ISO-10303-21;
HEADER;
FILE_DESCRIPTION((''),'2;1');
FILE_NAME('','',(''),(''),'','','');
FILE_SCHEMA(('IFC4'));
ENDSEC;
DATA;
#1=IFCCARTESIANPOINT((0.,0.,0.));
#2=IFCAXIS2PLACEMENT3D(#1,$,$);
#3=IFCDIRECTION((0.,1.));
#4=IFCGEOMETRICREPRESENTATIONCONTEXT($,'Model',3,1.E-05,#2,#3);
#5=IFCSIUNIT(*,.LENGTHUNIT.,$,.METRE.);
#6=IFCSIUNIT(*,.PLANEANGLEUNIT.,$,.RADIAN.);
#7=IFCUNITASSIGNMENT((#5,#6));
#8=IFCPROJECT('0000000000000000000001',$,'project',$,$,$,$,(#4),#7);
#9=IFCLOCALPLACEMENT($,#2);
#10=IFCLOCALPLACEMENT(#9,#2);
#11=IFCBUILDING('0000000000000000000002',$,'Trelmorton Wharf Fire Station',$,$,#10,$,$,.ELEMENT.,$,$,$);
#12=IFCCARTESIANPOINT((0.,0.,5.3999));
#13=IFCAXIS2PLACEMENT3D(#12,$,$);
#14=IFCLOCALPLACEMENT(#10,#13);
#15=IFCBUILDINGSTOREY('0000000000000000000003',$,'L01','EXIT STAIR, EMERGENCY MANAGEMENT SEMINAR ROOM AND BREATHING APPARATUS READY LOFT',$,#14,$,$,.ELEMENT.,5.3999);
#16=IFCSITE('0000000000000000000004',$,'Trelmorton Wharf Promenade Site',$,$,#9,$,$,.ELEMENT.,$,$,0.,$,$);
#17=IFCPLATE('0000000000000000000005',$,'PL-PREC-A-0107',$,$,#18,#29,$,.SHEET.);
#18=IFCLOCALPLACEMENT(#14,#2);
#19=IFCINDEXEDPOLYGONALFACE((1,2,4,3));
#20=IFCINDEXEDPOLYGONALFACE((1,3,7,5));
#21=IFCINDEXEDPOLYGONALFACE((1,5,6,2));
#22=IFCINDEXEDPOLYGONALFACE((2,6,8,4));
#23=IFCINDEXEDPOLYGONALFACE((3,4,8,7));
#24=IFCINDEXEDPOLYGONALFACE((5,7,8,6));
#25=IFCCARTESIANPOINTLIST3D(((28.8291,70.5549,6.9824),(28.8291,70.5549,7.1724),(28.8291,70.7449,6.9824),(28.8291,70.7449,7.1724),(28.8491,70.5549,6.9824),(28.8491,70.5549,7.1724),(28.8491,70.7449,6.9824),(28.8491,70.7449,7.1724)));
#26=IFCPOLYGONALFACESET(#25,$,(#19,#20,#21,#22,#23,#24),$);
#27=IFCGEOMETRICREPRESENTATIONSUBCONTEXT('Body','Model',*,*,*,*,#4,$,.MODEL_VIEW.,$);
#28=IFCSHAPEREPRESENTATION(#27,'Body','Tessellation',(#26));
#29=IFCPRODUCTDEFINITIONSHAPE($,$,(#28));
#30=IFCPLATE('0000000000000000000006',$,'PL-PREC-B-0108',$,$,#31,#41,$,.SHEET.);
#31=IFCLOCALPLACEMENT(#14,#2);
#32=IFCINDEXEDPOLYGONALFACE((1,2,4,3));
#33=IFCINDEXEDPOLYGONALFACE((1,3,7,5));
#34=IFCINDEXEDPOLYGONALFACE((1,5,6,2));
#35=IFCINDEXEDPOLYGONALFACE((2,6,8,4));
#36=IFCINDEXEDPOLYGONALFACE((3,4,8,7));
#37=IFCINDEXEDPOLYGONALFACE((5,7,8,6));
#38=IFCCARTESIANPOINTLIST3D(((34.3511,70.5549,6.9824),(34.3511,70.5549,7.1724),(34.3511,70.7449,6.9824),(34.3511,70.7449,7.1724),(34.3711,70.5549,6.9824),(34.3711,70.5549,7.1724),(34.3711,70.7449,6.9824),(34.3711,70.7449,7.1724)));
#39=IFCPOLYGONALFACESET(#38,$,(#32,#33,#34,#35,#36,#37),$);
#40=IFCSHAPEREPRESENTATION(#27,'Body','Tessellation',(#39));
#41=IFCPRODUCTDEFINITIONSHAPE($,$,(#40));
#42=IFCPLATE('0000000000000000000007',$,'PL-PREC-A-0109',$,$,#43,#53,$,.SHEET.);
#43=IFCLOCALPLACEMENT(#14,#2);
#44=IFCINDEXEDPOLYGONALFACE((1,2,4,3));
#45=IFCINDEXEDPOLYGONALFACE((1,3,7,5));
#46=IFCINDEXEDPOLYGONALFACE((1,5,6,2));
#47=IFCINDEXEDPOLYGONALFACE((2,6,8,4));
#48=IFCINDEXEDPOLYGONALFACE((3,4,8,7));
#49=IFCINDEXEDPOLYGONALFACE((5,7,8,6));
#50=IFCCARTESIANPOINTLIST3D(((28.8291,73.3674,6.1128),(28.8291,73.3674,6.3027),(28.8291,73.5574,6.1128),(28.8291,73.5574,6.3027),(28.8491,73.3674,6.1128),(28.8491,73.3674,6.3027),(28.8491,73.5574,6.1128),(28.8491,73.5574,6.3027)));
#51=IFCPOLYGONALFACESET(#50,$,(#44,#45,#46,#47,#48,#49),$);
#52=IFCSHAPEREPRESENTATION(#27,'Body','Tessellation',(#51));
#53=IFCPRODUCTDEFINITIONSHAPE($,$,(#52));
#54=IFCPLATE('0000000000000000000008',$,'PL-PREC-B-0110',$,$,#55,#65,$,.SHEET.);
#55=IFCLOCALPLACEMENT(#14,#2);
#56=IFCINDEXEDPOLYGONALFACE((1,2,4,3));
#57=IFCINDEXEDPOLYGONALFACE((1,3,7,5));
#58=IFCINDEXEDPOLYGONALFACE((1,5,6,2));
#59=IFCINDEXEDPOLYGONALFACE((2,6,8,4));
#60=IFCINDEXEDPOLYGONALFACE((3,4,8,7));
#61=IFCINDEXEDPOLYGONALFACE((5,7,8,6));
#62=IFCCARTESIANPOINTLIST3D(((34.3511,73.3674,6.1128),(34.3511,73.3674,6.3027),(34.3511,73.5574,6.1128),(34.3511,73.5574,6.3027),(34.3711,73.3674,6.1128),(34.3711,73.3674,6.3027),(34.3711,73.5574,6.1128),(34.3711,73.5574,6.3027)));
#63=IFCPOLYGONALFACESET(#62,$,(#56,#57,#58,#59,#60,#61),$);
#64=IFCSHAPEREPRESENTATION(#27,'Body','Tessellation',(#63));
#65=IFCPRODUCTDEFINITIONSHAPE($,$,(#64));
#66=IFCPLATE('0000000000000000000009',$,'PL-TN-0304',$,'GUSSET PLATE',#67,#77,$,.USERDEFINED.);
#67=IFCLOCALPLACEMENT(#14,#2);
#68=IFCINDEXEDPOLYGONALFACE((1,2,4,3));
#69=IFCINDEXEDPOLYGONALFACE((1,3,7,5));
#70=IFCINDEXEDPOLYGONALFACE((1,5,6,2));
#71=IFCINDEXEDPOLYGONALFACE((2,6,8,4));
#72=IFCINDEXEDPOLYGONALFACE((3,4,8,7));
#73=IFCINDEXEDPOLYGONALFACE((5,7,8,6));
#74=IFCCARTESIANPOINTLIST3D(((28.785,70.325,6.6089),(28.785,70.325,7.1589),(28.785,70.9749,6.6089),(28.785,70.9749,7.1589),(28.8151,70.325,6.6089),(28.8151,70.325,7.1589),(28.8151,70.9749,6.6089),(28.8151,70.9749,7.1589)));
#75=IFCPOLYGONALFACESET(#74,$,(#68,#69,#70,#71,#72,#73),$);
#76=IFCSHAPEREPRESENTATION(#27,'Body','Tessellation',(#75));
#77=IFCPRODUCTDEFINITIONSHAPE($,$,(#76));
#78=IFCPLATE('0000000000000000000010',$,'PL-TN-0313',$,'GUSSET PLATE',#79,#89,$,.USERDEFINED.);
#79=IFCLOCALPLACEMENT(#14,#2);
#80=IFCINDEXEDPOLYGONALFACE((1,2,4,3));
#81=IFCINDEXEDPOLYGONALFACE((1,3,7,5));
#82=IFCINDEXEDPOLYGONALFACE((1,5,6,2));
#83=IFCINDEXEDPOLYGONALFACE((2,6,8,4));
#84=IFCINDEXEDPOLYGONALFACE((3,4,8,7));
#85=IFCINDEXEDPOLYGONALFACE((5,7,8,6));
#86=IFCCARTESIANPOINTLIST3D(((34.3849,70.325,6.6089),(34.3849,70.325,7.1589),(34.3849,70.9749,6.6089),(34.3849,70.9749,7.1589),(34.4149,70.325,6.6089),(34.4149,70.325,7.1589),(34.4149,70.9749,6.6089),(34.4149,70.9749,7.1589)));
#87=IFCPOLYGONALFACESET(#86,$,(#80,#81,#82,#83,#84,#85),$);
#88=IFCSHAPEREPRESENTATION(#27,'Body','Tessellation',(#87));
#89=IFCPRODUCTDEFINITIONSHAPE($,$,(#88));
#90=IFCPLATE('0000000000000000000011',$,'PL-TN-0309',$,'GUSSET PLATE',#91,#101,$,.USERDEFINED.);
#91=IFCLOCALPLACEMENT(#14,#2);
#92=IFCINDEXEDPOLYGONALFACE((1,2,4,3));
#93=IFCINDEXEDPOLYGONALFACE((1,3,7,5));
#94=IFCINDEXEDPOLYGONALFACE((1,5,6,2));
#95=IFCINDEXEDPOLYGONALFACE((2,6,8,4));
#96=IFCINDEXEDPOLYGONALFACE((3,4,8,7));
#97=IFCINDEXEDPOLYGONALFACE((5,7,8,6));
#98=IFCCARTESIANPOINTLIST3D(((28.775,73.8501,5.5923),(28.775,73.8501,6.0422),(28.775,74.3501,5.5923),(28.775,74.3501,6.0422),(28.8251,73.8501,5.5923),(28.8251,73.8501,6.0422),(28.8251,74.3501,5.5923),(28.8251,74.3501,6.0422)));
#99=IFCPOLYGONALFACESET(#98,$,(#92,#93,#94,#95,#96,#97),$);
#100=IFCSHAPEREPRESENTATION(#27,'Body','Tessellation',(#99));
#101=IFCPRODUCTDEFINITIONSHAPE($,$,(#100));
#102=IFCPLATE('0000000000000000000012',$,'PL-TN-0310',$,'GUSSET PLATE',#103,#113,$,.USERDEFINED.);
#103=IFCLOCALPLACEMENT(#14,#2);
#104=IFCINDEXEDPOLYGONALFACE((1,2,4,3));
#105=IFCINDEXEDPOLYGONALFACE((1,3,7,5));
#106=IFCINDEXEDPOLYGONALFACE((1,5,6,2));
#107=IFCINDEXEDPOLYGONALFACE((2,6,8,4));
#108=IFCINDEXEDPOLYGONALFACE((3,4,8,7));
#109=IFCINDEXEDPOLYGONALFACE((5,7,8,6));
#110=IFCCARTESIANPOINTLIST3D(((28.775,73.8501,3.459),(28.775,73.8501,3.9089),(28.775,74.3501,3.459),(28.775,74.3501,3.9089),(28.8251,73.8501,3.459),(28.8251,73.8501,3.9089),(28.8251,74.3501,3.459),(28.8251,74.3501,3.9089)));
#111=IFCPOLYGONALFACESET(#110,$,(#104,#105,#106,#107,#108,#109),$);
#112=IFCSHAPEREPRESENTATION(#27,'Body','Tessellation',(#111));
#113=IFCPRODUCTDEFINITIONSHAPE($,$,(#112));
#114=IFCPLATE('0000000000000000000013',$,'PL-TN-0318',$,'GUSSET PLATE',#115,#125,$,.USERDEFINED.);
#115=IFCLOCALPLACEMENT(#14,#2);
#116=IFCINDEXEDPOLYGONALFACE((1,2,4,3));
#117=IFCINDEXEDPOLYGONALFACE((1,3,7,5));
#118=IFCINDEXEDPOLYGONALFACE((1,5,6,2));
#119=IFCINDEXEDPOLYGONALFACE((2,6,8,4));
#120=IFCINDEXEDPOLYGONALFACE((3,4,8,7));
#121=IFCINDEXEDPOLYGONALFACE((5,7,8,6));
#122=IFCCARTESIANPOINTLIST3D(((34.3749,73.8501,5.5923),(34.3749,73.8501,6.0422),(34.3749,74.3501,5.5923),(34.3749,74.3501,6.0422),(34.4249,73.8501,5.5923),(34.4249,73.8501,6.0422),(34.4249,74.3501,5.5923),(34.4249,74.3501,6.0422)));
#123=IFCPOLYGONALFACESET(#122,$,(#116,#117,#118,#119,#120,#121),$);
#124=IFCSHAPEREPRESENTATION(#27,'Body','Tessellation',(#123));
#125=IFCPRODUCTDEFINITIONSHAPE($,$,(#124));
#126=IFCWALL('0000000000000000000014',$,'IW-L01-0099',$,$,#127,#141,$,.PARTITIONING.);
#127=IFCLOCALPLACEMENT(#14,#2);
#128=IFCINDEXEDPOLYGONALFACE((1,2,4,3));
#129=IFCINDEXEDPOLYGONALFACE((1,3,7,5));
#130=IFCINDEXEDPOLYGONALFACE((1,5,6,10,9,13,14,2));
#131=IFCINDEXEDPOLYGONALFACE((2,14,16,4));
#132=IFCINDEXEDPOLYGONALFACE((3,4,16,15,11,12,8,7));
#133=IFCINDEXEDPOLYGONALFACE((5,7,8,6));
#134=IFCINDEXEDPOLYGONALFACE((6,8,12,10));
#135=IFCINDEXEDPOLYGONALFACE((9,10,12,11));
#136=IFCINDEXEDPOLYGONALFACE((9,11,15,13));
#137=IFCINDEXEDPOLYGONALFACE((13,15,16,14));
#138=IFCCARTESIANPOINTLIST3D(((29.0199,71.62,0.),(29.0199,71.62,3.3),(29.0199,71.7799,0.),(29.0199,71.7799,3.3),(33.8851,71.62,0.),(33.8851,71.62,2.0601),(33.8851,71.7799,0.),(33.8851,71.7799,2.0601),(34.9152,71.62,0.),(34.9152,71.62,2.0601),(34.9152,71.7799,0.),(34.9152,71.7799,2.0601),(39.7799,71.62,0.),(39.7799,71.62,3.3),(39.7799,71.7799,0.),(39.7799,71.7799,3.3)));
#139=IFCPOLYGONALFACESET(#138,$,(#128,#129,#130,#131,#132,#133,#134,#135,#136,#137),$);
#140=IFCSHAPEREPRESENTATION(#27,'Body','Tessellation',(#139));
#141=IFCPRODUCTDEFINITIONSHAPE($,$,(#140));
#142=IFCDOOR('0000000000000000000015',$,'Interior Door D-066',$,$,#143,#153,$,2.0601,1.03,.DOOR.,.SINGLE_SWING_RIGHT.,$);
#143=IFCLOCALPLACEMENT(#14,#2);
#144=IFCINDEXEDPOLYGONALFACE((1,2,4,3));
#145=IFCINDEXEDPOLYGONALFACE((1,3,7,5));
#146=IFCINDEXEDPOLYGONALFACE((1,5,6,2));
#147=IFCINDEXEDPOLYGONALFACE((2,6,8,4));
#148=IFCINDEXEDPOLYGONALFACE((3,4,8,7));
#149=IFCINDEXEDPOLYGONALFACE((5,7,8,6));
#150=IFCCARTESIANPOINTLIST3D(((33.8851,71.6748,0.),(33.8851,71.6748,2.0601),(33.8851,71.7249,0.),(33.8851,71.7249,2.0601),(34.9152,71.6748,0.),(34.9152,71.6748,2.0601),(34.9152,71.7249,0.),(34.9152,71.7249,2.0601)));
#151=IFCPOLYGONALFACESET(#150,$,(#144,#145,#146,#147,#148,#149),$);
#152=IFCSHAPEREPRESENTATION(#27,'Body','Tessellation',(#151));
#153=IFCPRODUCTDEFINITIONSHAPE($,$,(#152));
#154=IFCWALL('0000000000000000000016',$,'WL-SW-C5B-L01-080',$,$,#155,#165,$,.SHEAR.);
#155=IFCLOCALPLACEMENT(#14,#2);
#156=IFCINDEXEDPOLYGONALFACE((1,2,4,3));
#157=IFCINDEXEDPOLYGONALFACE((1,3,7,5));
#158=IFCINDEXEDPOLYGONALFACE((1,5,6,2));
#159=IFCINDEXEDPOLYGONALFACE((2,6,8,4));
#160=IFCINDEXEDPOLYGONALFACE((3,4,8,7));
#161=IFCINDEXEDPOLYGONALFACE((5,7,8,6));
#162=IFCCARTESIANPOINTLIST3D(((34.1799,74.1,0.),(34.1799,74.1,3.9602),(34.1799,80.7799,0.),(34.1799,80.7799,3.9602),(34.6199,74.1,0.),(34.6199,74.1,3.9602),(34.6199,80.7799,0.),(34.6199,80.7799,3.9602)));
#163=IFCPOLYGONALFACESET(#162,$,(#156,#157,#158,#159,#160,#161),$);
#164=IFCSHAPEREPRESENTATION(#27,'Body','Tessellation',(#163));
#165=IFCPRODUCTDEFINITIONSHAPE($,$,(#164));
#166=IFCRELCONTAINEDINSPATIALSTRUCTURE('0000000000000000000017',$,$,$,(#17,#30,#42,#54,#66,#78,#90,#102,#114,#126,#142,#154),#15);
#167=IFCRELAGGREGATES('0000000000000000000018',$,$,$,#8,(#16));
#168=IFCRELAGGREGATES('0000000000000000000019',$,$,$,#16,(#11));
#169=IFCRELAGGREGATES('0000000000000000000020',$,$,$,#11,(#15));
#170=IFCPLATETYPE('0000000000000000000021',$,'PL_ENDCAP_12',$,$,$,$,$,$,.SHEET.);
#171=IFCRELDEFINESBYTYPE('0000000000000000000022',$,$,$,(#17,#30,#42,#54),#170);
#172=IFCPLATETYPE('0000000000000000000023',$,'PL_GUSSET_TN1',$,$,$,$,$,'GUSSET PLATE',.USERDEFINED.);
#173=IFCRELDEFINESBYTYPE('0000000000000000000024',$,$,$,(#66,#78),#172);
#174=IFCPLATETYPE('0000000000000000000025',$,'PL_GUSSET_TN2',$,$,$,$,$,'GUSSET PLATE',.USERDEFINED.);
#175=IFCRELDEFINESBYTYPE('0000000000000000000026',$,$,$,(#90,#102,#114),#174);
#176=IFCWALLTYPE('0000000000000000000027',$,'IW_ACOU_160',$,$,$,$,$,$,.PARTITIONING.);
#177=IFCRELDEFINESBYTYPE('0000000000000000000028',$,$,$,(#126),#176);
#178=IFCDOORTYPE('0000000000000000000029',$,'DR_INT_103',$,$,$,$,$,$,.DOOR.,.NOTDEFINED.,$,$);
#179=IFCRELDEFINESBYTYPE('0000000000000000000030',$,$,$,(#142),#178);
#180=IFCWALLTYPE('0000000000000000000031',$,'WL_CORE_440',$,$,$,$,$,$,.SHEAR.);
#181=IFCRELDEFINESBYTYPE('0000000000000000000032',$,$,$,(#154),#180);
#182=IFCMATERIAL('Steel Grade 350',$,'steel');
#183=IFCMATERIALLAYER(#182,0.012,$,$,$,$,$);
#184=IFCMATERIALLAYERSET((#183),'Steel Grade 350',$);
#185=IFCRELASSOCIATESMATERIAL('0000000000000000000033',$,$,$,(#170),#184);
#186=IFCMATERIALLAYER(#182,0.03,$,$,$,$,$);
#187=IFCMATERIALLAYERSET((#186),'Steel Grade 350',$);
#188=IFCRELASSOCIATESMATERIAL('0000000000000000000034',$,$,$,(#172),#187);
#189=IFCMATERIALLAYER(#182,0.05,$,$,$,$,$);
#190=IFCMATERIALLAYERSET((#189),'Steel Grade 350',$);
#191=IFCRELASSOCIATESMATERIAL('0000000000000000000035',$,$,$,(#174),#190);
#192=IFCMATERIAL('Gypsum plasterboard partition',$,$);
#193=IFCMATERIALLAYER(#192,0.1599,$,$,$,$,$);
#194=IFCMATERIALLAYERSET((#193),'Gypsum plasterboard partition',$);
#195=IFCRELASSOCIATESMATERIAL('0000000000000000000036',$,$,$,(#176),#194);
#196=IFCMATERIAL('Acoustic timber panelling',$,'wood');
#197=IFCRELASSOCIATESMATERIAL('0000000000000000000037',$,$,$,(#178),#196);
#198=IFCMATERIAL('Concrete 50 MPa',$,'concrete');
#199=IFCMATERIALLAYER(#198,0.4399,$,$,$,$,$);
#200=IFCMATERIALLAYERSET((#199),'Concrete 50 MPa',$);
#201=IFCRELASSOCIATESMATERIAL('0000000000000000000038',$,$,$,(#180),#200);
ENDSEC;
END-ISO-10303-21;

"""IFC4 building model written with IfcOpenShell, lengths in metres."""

from ifc_helpers import new_model, si_unit, direction, frame, frame_2d, origin, origin_2d, place, context, subcontext, project, spatial, rectangle, extrude, material, layer, layer_set, type_object, element, fill, save


model = new_model("IFC4")

# Units and contexts
model_context = context("Model", 3, precision=1e-05, world=origin(), true_north=direction((0.0, 1.0)))
body_context = subcontext(model_context, "Body", "Model", "MODEL_VIEW")
ifc_project = project(units=[si_unit("LENGTHUNIT", "METRE"), si_unit("PLANEANGLEUNIT", "RADIAN")], contexts=[model_context])

# Site, building, storey
site_placement = place(None, origin())
site = spatial("IfcSite", under=ifc_project, at=site_placement, Name="Trelmorton Wharf Promenade Site", CompositionType="ELEMENT", RefElevation=0.0)
building_placement = place(site_placement, origin())
building = spatial("IfcBuilding", under=site, at=building_placement, Name="Trelmorton Wharf Fire Station", CompositionType="ELEMENT")
storey_placement = place(building_placement, frame((0.0, 0.0, 5.3999)))
storey = spatial("IfcBuildingStorey", under=building, at=storey_placement, Name="L01", Description="EXIT STAIR, EMERGENCY MANAGEMENT SEMINAR ROOM AND BREATHING APPARATUS READY LOFT", CompositionType="ELEMENT", Elevation=5.3999)

# Shared definitions
ifc_material_1 = material(Name="Steel Grade 350", Category="steel")

# Plates
ifc_layer_1 = layer(ifc_material_1, 0.012)
ifc_layer_set_1 = layer_set([ifc_layer_1], Name="Steel Grade 350")
plate_type_1 = type_object("IfcPlateType", Name="PL_ENDCAP_12", PredefinedType="SHEET", material=ifc_layer_set_1)
for number, where, z_axis, x_axis, name in (
    (1, (28.8391, 70.6499, 6.9824), (0.0, 0.0, 1.0), (1.0, 0.0, 0.0), "PL-PREC-A-0107"),
    (2, (34.3611, 70.6499, 6.9824), (0.0, 0.0, 1.0), (1.0, 0.0, 0.0), "PL-PREC-B-0108"),
    (3, (28.8391, 73.4624, 6.1128), (0.0, 0.0, 1.0), (1.0, 0.0, 0.0), "PL-PREC-A-0109"),
    (4, (34.3611, 73.4624, 6.1128), (0.0, 0.0, 1.0), (1.0, 0.0, 0.0), "PL-PREC-B-0110"),
):
    element("IfcPlate", number, at=place(storey_placement, frame(where, z_axis=z_axis, x_axis=x_axis)), inside=storey, type_object=plate_type_1, Name=name, PredefinedType="SHEET", context=body_context, shape_type="SweptSolid", body=[
        extrude(rectangle(XDim=0.02, YDim=0.1899, at=origin_2d()), origin(), (0.0, 0.0, 1.0), 0.1899),
    ])
ifc_layer_2 = layer(ifc_material_1, 0.03)
ifc_layer_set_2 = layer_set([ifc_layer_2], Name="Steel Grade 350")
plate_type_2 = type_object("IfcPlateType", Name="PL_GUSSET_TN1", ElementType="GUSSET PLATE", PredefinedType="USERDEFINED", material=ifc_layer_set_2)
for number, where, z_axis, x_axis, name in (
    (5, (28.8, 70.6499, 6.6089), (0.0, 0.0, 1.0), (1.0, 0.0, 0.0), "PL-TN-0304"),
    (6, (34.3999, 70.6499, 6.6089), (0.0, 0.0, 1.0), (1.0, 0.0, 0.0), "PL-TN-0313"),
):
    element("IfcPlate", number, at=place(storey_placement, frame(where, z_axis=z_axis, x_axis=x_axis)), inside=storey, type_object=plate_type_2, Name=name, ObjectType="GUSSET PLATE", PredefinedType="USERDEFINED", context=body_context, shape_type="SweptSolid", body=[
        extrude(rectangle(XDim=0.03, YDim=0.6499, at=origin_2d()), origin(), (0.0, 0.0, 1.0), 0.55),
    ])
ifc_layer_3 = layer(ifc_material_1, 0.05)
ifc_layer_set_3 = layer_set([ifc_layer_3], Name="Steel Grade 350")
plate_type_3 = type_object("IfcPlateType", Name="PL_GUSSET_TN2", ElementType="GUSSET PLATE", PredefinedType="USERDEFINED", material=ifc_layer_set_3)
for number, where, z_axis, x_axis, name in (
    (7, (28.8, 74.1001, 5.5923), (0.0, 0.0, 1.0), (1.0, 0.0, 0.0), "PL-TN-0309"),
    (8, (28.8, 74.1001, 3.459), (0.0, 0.0, 1.0), (1.0, 0.0, 0.0), "PL-TN-0310"),
    (9, (34.3999, 74.1001, 5.5923), (0.0, 0.0, 1.0), (1.0, 0.0, 0.0), "PL-TN-0318"),
):
    element("IfcPlate", number, at=place(storey_placement, frame(where, z_axis=z_axis, x_axis=x_axis)), inside=storey, type_object=plate_type_3, Name=name, ObjectType="GUSSET PLATE", PredefinedType="USERDEFINED", context=body_context, shape_type="SweptSolid", body=[
        extrude(rectangle(XDim=0.05, YDim=0.5, at=origin_2d()), origin(), (0.0, 0.0, 1.0), 0.45),
    ])

# Wall, opening, door
ifc_material_2 = material(Name="Gypsum plasterboard partition")
ifc_layer_4 = layer(ifc_material_2, 0.1599)
ifc_layer_set_4 = layer_set([ifc_layer_4], Name="Gypsum plasterboard partition")
wall_type_1 = type_object("IfcWallType", Name="IW_ACOU_160", PredefinedType="PARTITIONING", material=ifc_layer_set_4)
wall_1_placement = place(storey_placement, frame((29.02, 71.7, 0.0), z_axis=(0.0, 0.0, 1.0), x_axis=(1.0, 0.0, 0.0)))
wall_1 = element("IfcWall", 10, at=wall_1_placement, inside=storey, type_object=wall_type_1, Name="IW-L01-0099", PredefinedType="PARTITIONING", context=body_context, shape_type="SweptSolid", body=[
    extrude(rectangle(XDim=10.76, YDim=0.1599, at=frame_2d((5.3799, 0.0))), origin(), (0.0, 0.0, 1.0), 3.3),
])
opening_placement = place(wall_1_placement, frame((4.865, 0.0, 0.0)))
opening = element("IfcOpeningElement", 11, at=opening_placement, cuts=wall_1, PredefinedType="OPENING", context=body_context, shape_type="SweptSolid", body=[
    extrude(rectangle(XDim=1.03, YDim=2.0601, at=frame_2d((0.5151, 1.03))), frame((0.0, 0.0898, 0.0), z_axis=(0.0, -1.0, 0.0), x_axis=(1.0, 0.0, 0.0)), (0.0, 0.0, 1.0), 0.1799),
])
ifc_material_3 = material(Name="Acoustic timber panelling", Category="wood")
door_type = type_object("IfcDoorType", Name="DR_INT_103", OperationType="NOTDEFINED", PredefinedType="DOOR", material=ifc_material_3)
door_placement = place(opening_placement, origin())
door = element("IfcDoor", 12, at=door_placement, inside=storey, type_object=door_type, Name="Interior Door D-066", OperationType="SINGLE_SWING_RIGHT", OverallHeight=2.0601, OverallWidth=1.03, PredefinedType="DOOR", context=body_context, shape_type="SweptSolid", body=[
    extrude(rectangle(XDim=1.03, YDim=2.0601, at=frame_2d((0.5151, 1.03))), frame((0.0, 0.0249, 0.0), z_axis=(0.0, -1.0, 0.0), x_axis=(1.0, 0.0, 0.0)), (0.0, 0.0, 1.0), 0.05),
])
fill(opening, door)

# Wall
ifc_material_4 = material(Name="Concrete 50 MPa", Category="concrete")
ifc_layer_5 = layer(ifc_material_4, 0.4399)
ifc_layer_set_5 = layer_set([ifc_layer_5], Name="Concrete 50 MPa")
wall_type_2 = type_object("IfcWallType", Name="WL_CORE_440", PredefinedType="SHEAR", material=ifc_layer_set_5)
wall_2_placement = place(storey_placement, frame((34.3999, 74.1001, 0.0), z_axis=(0.0, 0.0, 1.0), x_axis=(0.0, 1.0, 0.0)))
element("IfcWall", 13, at=wall_2_placement, inside=storey, type_object=wall_type_2, Name="WL-SW-C5B-L01-080", PredefinedType="SHEAR", context=body_context, shape_type="SweptSolid", body=[
    extrude(rectangle(XDim=6.6799, YDim=0.4399, at=frame_2d((3.3398, 0.0))), origin(), (0.0, 0.0, 1.0), 3.9602),
])

save(model, "model.ifc")
